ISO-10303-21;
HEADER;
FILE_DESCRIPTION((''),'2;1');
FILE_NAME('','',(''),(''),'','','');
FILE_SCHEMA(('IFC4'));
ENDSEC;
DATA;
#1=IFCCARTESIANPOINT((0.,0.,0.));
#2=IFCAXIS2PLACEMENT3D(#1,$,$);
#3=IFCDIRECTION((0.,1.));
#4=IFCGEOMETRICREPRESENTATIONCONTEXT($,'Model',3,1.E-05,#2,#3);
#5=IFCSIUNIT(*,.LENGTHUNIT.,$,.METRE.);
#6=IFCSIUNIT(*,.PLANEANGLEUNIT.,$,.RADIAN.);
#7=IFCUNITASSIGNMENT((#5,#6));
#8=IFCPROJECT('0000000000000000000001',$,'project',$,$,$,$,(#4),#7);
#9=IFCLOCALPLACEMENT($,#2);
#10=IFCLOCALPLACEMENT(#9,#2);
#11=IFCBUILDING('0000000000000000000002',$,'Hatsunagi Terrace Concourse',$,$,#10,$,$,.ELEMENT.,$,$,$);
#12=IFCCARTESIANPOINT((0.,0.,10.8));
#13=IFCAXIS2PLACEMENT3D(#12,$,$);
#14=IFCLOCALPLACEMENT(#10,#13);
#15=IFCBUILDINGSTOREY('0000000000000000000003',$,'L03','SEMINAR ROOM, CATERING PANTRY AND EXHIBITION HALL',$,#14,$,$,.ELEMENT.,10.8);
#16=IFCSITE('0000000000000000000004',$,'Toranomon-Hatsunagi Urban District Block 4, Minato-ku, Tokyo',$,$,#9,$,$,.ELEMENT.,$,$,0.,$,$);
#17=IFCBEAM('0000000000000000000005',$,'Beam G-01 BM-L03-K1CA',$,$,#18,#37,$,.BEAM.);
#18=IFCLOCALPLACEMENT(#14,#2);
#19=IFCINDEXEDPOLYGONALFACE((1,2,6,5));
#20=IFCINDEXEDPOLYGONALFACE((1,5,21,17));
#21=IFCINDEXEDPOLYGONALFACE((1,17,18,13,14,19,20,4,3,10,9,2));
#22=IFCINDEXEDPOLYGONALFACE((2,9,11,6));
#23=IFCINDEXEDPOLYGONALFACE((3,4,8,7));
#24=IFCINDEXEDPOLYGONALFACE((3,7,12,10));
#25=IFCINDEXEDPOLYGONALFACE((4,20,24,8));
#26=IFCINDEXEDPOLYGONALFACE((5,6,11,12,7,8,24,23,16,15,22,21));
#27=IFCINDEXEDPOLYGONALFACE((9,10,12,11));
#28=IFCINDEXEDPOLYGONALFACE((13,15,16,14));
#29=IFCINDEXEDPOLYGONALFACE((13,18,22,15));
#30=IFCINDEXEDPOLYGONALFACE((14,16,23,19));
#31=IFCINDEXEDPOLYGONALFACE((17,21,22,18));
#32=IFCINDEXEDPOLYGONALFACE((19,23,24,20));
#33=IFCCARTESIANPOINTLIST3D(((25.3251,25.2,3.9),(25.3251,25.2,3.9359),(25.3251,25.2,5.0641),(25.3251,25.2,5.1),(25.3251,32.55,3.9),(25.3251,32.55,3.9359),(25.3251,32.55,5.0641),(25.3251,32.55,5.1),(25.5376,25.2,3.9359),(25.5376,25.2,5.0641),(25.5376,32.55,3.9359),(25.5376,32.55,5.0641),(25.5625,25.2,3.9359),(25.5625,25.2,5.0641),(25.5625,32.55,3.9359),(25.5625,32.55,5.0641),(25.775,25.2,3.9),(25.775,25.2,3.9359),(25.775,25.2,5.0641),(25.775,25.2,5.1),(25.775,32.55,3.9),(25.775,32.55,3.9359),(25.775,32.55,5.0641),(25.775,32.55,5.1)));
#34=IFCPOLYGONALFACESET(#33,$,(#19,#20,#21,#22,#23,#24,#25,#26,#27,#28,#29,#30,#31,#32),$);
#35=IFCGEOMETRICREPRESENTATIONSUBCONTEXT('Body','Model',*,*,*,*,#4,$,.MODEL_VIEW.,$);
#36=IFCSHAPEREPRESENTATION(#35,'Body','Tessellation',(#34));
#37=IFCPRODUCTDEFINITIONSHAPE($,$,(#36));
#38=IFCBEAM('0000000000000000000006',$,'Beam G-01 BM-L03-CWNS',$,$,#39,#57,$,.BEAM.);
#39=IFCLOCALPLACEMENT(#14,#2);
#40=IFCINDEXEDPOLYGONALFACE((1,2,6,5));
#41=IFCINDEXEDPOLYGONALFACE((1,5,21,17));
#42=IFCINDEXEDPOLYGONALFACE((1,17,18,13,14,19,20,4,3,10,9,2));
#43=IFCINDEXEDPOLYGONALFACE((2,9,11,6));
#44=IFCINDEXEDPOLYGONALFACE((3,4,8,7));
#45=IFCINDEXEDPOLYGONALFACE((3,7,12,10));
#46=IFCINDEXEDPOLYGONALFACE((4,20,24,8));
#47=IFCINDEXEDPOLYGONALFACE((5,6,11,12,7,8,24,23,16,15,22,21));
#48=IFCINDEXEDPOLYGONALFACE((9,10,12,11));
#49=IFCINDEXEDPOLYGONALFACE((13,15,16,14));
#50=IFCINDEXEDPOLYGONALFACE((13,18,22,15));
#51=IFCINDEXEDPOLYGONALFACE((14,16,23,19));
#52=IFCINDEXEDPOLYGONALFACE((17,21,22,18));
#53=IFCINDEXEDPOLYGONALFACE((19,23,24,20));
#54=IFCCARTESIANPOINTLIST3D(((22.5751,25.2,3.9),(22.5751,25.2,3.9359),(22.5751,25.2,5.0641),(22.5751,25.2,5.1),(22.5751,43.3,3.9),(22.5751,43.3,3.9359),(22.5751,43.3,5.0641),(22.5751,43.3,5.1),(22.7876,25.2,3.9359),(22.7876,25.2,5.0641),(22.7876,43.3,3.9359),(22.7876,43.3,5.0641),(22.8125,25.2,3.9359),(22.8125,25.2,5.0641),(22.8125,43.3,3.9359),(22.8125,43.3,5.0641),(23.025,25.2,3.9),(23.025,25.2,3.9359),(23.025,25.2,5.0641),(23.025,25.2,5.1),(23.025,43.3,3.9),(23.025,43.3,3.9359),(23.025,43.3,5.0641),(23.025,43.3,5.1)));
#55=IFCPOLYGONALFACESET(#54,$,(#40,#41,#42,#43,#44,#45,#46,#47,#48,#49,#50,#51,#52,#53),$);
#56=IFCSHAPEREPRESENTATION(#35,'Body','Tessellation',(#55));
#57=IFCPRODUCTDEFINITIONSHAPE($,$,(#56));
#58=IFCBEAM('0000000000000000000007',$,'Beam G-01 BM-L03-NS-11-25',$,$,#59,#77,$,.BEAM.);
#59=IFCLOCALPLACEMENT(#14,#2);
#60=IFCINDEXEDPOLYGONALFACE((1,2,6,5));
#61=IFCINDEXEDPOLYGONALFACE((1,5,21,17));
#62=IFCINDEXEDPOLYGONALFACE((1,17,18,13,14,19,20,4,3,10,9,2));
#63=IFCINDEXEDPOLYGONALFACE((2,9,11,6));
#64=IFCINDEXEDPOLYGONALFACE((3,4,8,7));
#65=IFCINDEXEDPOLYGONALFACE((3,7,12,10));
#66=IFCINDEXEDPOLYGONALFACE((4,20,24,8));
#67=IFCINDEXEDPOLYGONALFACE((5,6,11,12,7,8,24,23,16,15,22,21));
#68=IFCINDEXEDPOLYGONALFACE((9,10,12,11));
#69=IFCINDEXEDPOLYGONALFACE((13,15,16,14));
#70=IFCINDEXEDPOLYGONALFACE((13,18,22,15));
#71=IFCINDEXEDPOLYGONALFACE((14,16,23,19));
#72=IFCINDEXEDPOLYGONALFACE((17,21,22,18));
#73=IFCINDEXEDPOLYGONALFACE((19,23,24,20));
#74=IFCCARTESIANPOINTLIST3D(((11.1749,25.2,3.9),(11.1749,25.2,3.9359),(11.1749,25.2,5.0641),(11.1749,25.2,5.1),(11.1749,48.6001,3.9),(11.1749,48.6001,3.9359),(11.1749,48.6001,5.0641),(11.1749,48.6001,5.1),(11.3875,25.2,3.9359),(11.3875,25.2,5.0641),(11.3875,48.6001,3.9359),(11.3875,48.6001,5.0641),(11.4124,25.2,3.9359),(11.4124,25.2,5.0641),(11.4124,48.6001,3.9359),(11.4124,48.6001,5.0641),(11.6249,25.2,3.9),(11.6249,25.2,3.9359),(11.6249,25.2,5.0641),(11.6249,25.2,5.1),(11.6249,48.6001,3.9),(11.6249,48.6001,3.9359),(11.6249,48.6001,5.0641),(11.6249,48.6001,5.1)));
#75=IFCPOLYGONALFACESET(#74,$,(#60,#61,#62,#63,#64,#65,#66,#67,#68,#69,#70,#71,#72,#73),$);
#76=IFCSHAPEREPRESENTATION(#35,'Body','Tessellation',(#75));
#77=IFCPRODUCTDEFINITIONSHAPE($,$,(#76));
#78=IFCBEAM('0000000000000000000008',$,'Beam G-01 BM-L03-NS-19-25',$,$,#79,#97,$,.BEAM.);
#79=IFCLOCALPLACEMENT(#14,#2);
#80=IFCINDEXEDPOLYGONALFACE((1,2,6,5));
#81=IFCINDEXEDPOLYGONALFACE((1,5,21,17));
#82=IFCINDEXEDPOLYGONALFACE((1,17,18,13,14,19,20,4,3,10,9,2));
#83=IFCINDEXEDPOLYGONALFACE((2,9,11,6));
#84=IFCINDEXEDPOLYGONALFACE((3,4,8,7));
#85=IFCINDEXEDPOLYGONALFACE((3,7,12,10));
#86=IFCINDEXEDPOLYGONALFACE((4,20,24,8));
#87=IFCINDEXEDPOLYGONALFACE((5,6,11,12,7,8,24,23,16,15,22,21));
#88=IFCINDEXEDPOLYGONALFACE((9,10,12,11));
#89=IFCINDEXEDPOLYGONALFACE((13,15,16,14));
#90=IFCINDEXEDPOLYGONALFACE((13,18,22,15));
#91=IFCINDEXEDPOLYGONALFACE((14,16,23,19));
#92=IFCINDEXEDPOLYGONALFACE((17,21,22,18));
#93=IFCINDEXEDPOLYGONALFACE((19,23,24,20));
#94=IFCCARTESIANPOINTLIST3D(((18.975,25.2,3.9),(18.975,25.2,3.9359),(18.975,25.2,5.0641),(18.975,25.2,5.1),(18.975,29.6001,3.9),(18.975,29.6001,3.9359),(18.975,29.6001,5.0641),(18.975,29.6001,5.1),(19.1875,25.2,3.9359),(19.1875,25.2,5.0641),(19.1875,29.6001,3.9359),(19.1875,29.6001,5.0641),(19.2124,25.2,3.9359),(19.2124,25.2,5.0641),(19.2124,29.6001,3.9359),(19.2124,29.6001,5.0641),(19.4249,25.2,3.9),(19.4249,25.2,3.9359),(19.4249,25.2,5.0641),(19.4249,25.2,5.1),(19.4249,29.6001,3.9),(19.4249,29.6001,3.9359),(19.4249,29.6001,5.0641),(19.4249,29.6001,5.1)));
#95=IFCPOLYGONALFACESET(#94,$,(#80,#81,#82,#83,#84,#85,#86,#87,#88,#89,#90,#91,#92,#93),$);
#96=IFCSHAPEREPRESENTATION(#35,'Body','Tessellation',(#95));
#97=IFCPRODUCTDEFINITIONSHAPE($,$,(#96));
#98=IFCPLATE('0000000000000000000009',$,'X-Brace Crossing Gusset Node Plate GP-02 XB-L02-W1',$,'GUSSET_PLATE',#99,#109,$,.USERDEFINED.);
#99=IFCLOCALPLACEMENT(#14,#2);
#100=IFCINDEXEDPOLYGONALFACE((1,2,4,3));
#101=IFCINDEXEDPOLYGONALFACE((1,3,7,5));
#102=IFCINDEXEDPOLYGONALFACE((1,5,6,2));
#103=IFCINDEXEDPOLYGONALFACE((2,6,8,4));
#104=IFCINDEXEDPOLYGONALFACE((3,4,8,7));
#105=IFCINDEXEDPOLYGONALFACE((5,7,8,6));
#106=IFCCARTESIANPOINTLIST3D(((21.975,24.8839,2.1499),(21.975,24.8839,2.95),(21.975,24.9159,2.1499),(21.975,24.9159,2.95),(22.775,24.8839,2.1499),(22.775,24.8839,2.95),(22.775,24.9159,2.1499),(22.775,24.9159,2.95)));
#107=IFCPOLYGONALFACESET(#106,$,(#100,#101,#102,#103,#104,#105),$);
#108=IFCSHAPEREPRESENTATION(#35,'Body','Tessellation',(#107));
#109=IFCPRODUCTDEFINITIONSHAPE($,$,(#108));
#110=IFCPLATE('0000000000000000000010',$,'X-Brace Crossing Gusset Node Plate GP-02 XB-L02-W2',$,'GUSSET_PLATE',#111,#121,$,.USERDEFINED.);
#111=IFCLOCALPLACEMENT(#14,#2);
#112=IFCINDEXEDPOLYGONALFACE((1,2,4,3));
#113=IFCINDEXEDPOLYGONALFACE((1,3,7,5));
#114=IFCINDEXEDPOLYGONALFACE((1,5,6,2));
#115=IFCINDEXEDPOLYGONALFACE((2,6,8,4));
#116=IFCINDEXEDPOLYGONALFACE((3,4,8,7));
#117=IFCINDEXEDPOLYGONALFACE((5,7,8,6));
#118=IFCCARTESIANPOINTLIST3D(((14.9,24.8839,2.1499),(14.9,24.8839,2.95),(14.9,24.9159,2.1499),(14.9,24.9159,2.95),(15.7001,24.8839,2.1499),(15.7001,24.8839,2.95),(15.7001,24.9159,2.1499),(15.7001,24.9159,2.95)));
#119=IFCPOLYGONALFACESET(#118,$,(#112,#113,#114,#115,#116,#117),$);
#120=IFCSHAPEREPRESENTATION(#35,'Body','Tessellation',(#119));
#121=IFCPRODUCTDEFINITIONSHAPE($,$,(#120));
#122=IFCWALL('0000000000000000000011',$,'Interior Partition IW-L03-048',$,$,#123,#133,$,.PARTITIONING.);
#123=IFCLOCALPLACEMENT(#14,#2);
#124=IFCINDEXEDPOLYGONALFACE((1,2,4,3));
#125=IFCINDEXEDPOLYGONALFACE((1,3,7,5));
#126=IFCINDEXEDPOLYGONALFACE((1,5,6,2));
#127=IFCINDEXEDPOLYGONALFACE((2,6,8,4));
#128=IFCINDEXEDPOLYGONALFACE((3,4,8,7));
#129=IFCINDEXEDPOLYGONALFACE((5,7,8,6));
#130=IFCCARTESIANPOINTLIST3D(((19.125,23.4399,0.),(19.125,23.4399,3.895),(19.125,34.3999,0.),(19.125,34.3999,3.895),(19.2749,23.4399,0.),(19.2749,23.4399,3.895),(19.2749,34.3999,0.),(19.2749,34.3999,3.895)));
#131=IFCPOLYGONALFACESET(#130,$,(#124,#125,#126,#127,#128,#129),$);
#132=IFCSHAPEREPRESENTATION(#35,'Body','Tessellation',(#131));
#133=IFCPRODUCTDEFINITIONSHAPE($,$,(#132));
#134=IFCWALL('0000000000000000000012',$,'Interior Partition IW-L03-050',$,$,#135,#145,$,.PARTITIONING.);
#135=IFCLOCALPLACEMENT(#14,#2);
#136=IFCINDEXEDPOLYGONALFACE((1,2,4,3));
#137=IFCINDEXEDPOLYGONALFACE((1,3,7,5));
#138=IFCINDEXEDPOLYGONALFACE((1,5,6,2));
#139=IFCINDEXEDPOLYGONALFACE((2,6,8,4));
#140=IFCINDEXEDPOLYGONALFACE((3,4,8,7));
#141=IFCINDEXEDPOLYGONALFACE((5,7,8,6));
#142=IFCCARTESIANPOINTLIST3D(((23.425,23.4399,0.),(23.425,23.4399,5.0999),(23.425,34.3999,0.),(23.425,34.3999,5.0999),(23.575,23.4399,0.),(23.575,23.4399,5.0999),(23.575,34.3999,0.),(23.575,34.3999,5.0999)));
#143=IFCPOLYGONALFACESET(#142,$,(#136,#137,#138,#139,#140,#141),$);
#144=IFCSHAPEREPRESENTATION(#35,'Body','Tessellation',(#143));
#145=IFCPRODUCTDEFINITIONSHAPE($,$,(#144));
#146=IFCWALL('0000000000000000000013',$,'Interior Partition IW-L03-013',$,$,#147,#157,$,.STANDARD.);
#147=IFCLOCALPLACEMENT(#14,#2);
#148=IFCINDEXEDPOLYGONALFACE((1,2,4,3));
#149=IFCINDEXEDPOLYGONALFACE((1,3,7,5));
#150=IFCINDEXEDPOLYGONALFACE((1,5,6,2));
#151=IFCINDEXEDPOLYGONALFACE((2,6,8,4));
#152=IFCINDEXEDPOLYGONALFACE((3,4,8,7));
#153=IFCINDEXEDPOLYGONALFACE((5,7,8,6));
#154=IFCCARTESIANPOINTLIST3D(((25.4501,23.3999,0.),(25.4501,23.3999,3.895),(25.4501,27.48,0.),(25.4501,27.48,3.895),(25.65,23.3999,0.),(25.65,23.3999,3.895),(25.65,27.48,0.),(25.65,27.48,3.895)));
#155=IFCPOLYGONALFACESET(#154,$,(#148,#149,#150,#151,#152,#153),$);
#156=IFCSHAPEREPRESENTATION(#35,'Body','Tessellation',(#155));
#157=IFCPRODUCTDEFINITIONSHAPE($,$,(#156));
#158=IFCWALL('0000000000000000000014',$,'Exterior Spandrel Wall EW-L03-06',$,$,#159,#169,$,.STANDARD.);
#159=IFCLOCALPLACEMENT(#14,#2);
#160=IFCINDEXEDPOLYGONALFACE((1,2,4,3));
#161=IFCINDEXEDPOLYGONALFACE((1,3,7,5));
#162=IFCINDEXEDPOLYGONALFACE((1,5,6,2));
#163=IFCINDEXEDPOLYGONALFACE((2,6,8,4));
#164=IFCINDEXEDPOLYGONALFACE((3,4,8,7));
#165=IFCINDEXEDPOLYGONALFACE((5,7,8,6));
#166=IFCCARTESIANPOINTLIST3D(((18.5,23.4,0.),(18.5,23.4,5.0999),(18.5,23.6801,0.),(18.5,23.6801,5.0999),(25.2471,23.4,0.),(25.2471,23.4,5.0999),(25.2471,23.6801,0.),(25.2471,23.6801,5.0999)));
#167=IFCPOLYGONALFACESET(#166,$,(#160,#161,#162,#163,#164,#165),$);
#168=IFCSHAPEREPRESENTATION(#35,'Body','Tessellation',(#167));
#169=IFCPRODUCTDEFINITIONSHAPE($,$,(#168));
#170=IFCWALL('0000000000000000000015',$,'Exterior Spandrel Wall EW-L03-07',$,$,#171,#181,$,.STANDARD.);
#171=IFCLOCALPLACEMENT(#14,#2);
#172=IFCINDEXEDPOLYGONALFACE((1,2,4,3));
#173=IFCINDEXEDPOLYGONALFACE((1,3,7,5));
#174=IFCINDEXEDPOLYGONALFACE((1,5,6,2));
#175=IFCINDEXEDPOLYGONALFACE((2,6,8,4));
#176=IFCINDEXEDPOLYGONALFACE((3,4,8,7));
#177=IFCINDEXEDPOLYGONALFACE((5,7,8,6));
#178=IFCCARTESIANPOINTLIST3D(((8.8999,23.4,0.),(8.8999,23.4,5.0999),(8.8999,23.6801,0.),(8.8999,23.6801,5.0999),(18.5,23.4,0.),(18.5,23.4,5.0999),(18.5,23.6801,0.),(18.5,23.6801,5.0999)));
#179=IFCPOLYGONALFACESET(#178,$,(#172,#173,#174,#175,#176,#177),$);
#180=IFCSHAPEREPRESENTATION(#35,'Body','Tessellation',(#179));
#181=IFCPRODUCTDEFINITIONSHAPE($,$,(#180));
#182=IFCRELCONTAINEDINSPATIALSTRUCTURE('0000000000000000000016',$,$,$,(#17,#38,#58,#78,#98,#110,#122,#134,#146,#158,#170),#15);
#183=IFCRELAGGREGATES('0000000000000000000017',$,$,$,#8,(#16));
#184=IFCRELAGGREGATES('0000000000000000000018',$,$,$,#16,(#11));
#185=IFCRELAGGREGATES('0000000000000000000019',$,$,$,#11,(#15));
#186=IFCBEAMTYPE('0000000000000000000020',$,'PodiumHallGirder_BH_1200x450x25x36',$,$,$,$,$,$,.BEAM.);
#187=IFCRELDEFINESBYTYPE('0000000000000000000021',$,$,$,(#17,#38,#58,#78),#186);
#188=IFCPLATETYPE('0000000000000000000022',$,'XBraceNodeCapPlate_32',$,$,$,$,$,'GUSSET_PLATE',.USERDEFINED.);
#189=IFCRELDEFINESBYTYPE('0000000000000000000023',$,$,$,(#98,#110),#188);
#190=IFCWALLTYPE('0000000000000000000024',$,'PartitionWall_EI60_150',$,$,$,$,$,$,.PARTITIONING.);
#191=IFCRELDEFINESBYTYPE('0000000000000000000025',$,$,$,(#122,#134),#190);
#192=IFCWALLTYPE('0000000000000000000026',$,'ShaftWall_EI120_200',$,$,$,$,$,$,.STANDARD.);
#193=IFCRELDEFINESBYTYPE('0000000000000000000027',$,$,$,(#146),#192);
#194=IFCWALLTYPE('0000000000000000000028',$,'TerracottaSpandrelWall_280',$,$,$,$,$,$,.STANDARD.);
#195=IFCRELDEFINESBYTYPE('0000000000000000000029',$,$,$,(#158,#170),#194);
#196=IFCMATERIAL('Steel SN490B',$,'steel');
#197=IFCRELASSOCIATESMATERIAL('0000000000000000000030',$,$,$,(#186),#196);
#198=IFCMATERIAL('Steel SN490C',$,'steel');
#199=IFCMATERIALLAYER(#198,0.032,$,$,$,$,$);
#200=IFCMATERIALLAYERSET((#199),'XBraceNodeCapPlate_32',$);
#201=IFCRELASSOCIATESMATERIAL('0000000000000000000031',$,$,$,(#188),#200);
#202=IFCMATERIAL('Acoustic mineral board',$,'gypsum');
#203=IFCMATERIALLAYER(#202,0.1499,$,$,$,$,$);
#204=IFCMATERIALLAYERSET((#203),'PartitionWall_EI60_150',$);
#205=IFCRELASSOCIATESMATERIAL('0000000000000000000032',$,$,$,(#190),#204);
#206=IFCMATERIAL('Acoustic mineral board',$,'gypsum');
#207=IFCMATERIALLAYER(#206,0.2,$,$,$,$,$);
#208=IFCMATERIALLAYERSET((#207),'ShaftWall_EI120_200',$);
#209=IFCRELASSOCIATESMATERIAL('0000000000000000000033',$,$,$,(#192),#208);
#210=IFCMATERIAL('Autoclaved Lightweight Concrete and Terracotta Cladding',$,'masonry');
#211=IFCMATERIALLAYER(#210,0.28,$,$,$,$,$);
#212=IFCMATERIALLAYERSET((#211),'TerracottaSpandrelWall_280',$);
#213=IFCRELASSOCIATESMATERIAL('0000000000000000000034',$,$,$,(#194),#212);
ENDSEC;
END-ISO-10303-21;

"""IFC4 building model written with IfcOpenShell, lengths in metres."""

from ifc_helpers import new_model, si_unit, direction, frame, frame_2d, origin, origin_2d, place, context, subcontext, project, spatial, rectangle, i_section, extrude, material, layer, layer_set, material_profile, profile_set, type_object, element, save


model = new_model("IFC4")

# Units and contexts
model_context = context("Model", 3, precision=1e-05, world=origin(), true_north=direction((0.0, 1.0)))
body_context = subcontext(model_context, "Body", "Model", "MODEL_VIEW")
ifc_project = project(units=[si_unit("LENGTHUNIT", "METRE"), si_unit("PLANEANGLEUNIT", "RADIAN")], contexts=[model_context])

# Site, building, storey
site_placement = place(None, origin())
site = spatial("IfcSite", under=ifc_project, at=site_placement, Name="Toranomon-Hatsunagi Urban District Block 4, Minato-ku, Tokyo", CompositionType="ELEMENT", RefElevation=0.0)
building_placement = place(site_placement, origin())
building = spatial("IfcBuilding", under=site, at=building_placement, Name="Hatsunagi Terrace Concourse", CompositionType="ELEMENT")
storey_placement = place(building_placement, frame((0.0, 0.0, 10.8)))
storey = spatial("IfcBuildingStorey", under=building, at=storey_placement, Name="L03", Description="SEMINAR ROOM, CATERING PANTRY AND EXHIBITION HALL", CompositionType="ELEMENT", Elevation=10.8)

# Beams
ifc_material_1 = material(Name="Steel SN490B", Category="steel")
ifc_material_profile_1 = material_profile(ifc_material_1, i_section(OverallWidth=0.45, OverallDepth=1.2, WebThickness=0.0249, FlangeThickness=0.0359, at=origin_2d()), Name="BH-1200x450x25x36")
ifc_profile_set_1 = profile_set([ifc_material_profile_1], Name="Steel SN490B")
beam_type_1 = type_object("IfcBeamType", Name="PodiumHallGirder_BH_1200x450x25x36", PredefinedType="BEAM", material=ifc_profile_set_1)
beam_1_placement = place(storey_placement, frame((25.55, 25.2, 4.5), z_axis=(0.0, 1.0, 0.0), x_axis=(-1.0, 0.0, 0.0)))
element("IfcBeam", 1, at=beam_1_placement, inside=storey, type_object=beam_type_1, Name="Beam G-01 BM-L03-K1CA", PredefinedType="BEAM", context=body_context, shape_type="SweptSolid", body=[
    extrude(i_section(OverallWidth=0.45, OverallDepth=1.2, WebThickness=0.0249, FlangeThickness=0.0359, at=origin_2d()), origin(), (0.0, 0.0, 1.0), 7.3501),
])
beam_2_placement = place(storey_placement, frame((22.8, 25.2, 4.5), z_axis=(0.0, 1.0, 0.0), x_axis=(-1.0, 0.0, 0.0)))
element("IfcBeam", 2, at=beam_2_placement, inside=storey, type_object=beam_type_1, Name="Beam G-01 BM-L03-CWNS", PredefinedType="BEAM", context=body_context, shape_type="SweptSolid", body=[
    extrude(i_section(OverallWidth=0.45, OverallDepth=1.2, WebThickness=0.0249, FlangeThickness=0.0359, at=origin_2d()), origin(), (0.0, 0.0, 1.0), 18.1001),
])
beam_3_placement = place(storey_placement, frame((11.3999, 25.2, 4.5), z_axis=(0.0, 1.0, 0.0), x_axis=(-1.0, 0.0, 0.0)))
element("IfcBeam", 3, at=beam_3_placement, inside=storey, type_object=beam_type_1, Name="Beam G-01 BM-L03-NS-11-25", PredefinedType="BEAM", context=body_context, shape_type="SweptSolid", body=[
    extrude(i_section(OverallWidth=0.45, OverallDepth=1.2, WebThickness=0.0249, FlangeThickness=0.0359, at=origin_2d()), origin(), (0.0, 0.0, 1.0), 23.4001),
])
beam_4_placement = place(storey_placement, frame((19.2, 25.2, 4.5), z_axis=(0.0, 1.0, 0.0), x_axis=(-1.0, 0.0, 0.0)))
element("IfcBeam", 4, at=beam_4_placement, inside=storey, type_object=beam_type_1, Name="Beam G-01 BM-L03-NS-19-25", PredefinedType="BEAM", context=body_context, shape_type="SweptSolid", body=[
    extrude(i_section(OverallWidth=0.45, OverallDepth=1.2, WebThickness=0.0249, FlangeThickness=0.0359, at=origin_2d()), origin(), (0.0, 0.0, 1.0), 4.4001),
])

# Plates
ifc_material_2 = material(Name="Steel SN490C", Category="steel")
ifc_layer_1 = layer(ifc_material_2, 0.032)
ifc_layer_set_1 = layer_set([ifc_layer_1], Name="XBraceNodeCapPlate_32")
plate_type = type_object("IfcPlateType", Name="XBraceNodeCapPlate_32", ElementType="GUSSET_PLATE", PredefinedType="USERDEFINED", material=ifc_layer_set_1)
for number, where, z_axis, x_axis, name in (
    (5, (22.375, 24.8999, 2.1499), (0.0, 0.0, 1.0), (1.0, 0.0, 0.0), "X-Brace Crossing Gusset Node Plate GP-02 XB-L02-W1"),
    (6, (15.3, 24.8999, 2.1499), (0.0, 0.0, 1.0), (1.0, 0.0, 0.0), "X-Brace Crossing Gusset Node Plate GP-02 XB-L02-W2"),
):
    element("IfcPlate", number, at=place(storey_placement, frame(where, z_axis=z_axis, x_axis=x_axis)), inside=storey, type_object=plate_type, Name=name, ObjectType="GUSSET_PLATE", PredefinedType="USERDEFINED", context=body_context, shape_type="SweptSolid", body=[
        extrude(rectangle(XDim=0.8, YDim=0.032, at=origin_2d()), origin(), (0.0, 0.0, 1.0), 0.8),
    ])

# Walls
ifc_material_3 = material(Name="Acoustic mineral board", Category="gypsum")
ifc_layer_2 = layer(ifc_material_3, 0.1499)
ifc_layer_set_2 = layer_set([ifc_layer_2], Name="PartitionWall_EI60_150")
wall_type_1 = type_object("IfcWallType", Name="PartitionWall_EI60_150", PredefinedType="PARTITIONING", material=ifc_layer_set_2)
wall_1_placement = place(storey_placement, frame((19.2, 23.4399, 0.0), z_axis=(0.0, 0.0, 1.0), x_axis=(0.0, 1.0, 0.0)))
element("IfcWall", 7, at=wall_1_placement, inside=storey, type_object=wall_type_1, Name="Interior Partition IW-L03-048", PredefinedType="PARTITIONING", context=body_context, shape_type="SweptSolid", body=[
    extrude(rectangle(XDim=10.96, YDim=0.1499, at=frame_2d((5.48, 0.0))), origin(), (0.0, 0.0, 1.0), 3.895),
])
wall_2_placement = place(storey_placement, frame((23.5, 23.4399, 0.0), z_axis=(0.0, 0.0, 1.0), x_axis=(0.0, 1.0, 0.0)))
element("IfcWall", 8, at=wall_2_placement, inside=storey, type_object=wall_type_1, Name="Interior Partition IW-L03-050", PredefinedType="PARTITIONING", context=body_context, shape_type="SweptSolid", body=[
    extrude(rectangle(XDim=10.96, YDim=0.1499, at=frame_2d((5.48, 0.0))), origin(), (0.0, 0.0, 1.0), 5.0999),
])
ifc_material_4 = material(Name="Acoustic mineral board", Category="gypsum")
ifc_layer_3 = layer(ifc_material_4, 0.2)
ifc_layer_set_3 = layer_set([ifc_layer_3], Name="ShaftWall_EI120_200")
wall_type_2 = type_object("IfcWallType", Name="ShaftWall_EI120_200", PredefinedType="STANDARD", material=ifc_layer_set_3)
wall_3_placement = place(storey_placement, frame((25.55, 23.3999, 0.0), z_axis=(0.0, 0.0, 1.0), x_axis=(0.0, 1.0, 0.0)))
element("IfcWall", 9, at=wall_3_placement, inside=storey, type_object=wall_type_2, Name="Interior Partition IW-L03-013", PredefinedType="STANDARD", context=body_context, shape_type="SweptSolid", body=[
    extrude(rectangle(XDim=4.0801, YDim=0.2, at=frame_2d((2.04, 0.0))), origin(), (0.0, 0.0, 1.0), 3.895),
])
ifc_material_5 = material(Name="Autoclaved Lightweight Concrete and Terracotta Cladding", Category="masonry")
ifc_layer_4 = layer(ifc_material_5, 0.28)
ifc_layer_set_4 = layer_set([ifc_layer_4], Name="TerracottaSpandrelWall_280")
wall_type_3 = type_object("IfcWallType", Name="TerracottaSpandrelWall_280", PredefinedType="STANDARD", material=ifc_layer_set_4)
wall_4_placement = place(storey_placement, frame((25.2471, 23.54, 0.0), z_axis=(0.0, 0.0, 1.0), x_axis=(-1.0, 0.0, 0.0)))
element("IfcWall", 10, at=wall_4_placement, inside=storey, type_object=wall_type_3, Name="Exterior Spandrel Wall EW-L03-06", PredefinedType="STANDARD", context=body_context, shape_type="SweptSolid", body=[
    extrude(rectangle(XDim=6.7471, YDim=0.28, at=frame_2d((3.3735, 0.0))), origin(), (0.0, 0.0, 1.0), 5.0999),
])
wall_5_placement = place(storey_placement, frame((18.5, 23.54, 0.0), z_axis=(0.0, 0.0, 1.0), x_axis=(-1.0, 0.0, 0.0)))
element("IfcWall", 11, at=wall_5_placement, inside=storey, type_object=wall_type_3, Name="Exterior Spandrel Wall EW-L03-07", PredefinedType="STANDARD", context=body_context, shape_type="SweptSolid", body=[
    extrude(rectangle(XDim=9.6001, YDim=0.28, at=frame_2d((4.8, 0.0))), origin(), (0.0, 0.0, 1.0), 5.0999),
])

save(model, "model.ifc")
